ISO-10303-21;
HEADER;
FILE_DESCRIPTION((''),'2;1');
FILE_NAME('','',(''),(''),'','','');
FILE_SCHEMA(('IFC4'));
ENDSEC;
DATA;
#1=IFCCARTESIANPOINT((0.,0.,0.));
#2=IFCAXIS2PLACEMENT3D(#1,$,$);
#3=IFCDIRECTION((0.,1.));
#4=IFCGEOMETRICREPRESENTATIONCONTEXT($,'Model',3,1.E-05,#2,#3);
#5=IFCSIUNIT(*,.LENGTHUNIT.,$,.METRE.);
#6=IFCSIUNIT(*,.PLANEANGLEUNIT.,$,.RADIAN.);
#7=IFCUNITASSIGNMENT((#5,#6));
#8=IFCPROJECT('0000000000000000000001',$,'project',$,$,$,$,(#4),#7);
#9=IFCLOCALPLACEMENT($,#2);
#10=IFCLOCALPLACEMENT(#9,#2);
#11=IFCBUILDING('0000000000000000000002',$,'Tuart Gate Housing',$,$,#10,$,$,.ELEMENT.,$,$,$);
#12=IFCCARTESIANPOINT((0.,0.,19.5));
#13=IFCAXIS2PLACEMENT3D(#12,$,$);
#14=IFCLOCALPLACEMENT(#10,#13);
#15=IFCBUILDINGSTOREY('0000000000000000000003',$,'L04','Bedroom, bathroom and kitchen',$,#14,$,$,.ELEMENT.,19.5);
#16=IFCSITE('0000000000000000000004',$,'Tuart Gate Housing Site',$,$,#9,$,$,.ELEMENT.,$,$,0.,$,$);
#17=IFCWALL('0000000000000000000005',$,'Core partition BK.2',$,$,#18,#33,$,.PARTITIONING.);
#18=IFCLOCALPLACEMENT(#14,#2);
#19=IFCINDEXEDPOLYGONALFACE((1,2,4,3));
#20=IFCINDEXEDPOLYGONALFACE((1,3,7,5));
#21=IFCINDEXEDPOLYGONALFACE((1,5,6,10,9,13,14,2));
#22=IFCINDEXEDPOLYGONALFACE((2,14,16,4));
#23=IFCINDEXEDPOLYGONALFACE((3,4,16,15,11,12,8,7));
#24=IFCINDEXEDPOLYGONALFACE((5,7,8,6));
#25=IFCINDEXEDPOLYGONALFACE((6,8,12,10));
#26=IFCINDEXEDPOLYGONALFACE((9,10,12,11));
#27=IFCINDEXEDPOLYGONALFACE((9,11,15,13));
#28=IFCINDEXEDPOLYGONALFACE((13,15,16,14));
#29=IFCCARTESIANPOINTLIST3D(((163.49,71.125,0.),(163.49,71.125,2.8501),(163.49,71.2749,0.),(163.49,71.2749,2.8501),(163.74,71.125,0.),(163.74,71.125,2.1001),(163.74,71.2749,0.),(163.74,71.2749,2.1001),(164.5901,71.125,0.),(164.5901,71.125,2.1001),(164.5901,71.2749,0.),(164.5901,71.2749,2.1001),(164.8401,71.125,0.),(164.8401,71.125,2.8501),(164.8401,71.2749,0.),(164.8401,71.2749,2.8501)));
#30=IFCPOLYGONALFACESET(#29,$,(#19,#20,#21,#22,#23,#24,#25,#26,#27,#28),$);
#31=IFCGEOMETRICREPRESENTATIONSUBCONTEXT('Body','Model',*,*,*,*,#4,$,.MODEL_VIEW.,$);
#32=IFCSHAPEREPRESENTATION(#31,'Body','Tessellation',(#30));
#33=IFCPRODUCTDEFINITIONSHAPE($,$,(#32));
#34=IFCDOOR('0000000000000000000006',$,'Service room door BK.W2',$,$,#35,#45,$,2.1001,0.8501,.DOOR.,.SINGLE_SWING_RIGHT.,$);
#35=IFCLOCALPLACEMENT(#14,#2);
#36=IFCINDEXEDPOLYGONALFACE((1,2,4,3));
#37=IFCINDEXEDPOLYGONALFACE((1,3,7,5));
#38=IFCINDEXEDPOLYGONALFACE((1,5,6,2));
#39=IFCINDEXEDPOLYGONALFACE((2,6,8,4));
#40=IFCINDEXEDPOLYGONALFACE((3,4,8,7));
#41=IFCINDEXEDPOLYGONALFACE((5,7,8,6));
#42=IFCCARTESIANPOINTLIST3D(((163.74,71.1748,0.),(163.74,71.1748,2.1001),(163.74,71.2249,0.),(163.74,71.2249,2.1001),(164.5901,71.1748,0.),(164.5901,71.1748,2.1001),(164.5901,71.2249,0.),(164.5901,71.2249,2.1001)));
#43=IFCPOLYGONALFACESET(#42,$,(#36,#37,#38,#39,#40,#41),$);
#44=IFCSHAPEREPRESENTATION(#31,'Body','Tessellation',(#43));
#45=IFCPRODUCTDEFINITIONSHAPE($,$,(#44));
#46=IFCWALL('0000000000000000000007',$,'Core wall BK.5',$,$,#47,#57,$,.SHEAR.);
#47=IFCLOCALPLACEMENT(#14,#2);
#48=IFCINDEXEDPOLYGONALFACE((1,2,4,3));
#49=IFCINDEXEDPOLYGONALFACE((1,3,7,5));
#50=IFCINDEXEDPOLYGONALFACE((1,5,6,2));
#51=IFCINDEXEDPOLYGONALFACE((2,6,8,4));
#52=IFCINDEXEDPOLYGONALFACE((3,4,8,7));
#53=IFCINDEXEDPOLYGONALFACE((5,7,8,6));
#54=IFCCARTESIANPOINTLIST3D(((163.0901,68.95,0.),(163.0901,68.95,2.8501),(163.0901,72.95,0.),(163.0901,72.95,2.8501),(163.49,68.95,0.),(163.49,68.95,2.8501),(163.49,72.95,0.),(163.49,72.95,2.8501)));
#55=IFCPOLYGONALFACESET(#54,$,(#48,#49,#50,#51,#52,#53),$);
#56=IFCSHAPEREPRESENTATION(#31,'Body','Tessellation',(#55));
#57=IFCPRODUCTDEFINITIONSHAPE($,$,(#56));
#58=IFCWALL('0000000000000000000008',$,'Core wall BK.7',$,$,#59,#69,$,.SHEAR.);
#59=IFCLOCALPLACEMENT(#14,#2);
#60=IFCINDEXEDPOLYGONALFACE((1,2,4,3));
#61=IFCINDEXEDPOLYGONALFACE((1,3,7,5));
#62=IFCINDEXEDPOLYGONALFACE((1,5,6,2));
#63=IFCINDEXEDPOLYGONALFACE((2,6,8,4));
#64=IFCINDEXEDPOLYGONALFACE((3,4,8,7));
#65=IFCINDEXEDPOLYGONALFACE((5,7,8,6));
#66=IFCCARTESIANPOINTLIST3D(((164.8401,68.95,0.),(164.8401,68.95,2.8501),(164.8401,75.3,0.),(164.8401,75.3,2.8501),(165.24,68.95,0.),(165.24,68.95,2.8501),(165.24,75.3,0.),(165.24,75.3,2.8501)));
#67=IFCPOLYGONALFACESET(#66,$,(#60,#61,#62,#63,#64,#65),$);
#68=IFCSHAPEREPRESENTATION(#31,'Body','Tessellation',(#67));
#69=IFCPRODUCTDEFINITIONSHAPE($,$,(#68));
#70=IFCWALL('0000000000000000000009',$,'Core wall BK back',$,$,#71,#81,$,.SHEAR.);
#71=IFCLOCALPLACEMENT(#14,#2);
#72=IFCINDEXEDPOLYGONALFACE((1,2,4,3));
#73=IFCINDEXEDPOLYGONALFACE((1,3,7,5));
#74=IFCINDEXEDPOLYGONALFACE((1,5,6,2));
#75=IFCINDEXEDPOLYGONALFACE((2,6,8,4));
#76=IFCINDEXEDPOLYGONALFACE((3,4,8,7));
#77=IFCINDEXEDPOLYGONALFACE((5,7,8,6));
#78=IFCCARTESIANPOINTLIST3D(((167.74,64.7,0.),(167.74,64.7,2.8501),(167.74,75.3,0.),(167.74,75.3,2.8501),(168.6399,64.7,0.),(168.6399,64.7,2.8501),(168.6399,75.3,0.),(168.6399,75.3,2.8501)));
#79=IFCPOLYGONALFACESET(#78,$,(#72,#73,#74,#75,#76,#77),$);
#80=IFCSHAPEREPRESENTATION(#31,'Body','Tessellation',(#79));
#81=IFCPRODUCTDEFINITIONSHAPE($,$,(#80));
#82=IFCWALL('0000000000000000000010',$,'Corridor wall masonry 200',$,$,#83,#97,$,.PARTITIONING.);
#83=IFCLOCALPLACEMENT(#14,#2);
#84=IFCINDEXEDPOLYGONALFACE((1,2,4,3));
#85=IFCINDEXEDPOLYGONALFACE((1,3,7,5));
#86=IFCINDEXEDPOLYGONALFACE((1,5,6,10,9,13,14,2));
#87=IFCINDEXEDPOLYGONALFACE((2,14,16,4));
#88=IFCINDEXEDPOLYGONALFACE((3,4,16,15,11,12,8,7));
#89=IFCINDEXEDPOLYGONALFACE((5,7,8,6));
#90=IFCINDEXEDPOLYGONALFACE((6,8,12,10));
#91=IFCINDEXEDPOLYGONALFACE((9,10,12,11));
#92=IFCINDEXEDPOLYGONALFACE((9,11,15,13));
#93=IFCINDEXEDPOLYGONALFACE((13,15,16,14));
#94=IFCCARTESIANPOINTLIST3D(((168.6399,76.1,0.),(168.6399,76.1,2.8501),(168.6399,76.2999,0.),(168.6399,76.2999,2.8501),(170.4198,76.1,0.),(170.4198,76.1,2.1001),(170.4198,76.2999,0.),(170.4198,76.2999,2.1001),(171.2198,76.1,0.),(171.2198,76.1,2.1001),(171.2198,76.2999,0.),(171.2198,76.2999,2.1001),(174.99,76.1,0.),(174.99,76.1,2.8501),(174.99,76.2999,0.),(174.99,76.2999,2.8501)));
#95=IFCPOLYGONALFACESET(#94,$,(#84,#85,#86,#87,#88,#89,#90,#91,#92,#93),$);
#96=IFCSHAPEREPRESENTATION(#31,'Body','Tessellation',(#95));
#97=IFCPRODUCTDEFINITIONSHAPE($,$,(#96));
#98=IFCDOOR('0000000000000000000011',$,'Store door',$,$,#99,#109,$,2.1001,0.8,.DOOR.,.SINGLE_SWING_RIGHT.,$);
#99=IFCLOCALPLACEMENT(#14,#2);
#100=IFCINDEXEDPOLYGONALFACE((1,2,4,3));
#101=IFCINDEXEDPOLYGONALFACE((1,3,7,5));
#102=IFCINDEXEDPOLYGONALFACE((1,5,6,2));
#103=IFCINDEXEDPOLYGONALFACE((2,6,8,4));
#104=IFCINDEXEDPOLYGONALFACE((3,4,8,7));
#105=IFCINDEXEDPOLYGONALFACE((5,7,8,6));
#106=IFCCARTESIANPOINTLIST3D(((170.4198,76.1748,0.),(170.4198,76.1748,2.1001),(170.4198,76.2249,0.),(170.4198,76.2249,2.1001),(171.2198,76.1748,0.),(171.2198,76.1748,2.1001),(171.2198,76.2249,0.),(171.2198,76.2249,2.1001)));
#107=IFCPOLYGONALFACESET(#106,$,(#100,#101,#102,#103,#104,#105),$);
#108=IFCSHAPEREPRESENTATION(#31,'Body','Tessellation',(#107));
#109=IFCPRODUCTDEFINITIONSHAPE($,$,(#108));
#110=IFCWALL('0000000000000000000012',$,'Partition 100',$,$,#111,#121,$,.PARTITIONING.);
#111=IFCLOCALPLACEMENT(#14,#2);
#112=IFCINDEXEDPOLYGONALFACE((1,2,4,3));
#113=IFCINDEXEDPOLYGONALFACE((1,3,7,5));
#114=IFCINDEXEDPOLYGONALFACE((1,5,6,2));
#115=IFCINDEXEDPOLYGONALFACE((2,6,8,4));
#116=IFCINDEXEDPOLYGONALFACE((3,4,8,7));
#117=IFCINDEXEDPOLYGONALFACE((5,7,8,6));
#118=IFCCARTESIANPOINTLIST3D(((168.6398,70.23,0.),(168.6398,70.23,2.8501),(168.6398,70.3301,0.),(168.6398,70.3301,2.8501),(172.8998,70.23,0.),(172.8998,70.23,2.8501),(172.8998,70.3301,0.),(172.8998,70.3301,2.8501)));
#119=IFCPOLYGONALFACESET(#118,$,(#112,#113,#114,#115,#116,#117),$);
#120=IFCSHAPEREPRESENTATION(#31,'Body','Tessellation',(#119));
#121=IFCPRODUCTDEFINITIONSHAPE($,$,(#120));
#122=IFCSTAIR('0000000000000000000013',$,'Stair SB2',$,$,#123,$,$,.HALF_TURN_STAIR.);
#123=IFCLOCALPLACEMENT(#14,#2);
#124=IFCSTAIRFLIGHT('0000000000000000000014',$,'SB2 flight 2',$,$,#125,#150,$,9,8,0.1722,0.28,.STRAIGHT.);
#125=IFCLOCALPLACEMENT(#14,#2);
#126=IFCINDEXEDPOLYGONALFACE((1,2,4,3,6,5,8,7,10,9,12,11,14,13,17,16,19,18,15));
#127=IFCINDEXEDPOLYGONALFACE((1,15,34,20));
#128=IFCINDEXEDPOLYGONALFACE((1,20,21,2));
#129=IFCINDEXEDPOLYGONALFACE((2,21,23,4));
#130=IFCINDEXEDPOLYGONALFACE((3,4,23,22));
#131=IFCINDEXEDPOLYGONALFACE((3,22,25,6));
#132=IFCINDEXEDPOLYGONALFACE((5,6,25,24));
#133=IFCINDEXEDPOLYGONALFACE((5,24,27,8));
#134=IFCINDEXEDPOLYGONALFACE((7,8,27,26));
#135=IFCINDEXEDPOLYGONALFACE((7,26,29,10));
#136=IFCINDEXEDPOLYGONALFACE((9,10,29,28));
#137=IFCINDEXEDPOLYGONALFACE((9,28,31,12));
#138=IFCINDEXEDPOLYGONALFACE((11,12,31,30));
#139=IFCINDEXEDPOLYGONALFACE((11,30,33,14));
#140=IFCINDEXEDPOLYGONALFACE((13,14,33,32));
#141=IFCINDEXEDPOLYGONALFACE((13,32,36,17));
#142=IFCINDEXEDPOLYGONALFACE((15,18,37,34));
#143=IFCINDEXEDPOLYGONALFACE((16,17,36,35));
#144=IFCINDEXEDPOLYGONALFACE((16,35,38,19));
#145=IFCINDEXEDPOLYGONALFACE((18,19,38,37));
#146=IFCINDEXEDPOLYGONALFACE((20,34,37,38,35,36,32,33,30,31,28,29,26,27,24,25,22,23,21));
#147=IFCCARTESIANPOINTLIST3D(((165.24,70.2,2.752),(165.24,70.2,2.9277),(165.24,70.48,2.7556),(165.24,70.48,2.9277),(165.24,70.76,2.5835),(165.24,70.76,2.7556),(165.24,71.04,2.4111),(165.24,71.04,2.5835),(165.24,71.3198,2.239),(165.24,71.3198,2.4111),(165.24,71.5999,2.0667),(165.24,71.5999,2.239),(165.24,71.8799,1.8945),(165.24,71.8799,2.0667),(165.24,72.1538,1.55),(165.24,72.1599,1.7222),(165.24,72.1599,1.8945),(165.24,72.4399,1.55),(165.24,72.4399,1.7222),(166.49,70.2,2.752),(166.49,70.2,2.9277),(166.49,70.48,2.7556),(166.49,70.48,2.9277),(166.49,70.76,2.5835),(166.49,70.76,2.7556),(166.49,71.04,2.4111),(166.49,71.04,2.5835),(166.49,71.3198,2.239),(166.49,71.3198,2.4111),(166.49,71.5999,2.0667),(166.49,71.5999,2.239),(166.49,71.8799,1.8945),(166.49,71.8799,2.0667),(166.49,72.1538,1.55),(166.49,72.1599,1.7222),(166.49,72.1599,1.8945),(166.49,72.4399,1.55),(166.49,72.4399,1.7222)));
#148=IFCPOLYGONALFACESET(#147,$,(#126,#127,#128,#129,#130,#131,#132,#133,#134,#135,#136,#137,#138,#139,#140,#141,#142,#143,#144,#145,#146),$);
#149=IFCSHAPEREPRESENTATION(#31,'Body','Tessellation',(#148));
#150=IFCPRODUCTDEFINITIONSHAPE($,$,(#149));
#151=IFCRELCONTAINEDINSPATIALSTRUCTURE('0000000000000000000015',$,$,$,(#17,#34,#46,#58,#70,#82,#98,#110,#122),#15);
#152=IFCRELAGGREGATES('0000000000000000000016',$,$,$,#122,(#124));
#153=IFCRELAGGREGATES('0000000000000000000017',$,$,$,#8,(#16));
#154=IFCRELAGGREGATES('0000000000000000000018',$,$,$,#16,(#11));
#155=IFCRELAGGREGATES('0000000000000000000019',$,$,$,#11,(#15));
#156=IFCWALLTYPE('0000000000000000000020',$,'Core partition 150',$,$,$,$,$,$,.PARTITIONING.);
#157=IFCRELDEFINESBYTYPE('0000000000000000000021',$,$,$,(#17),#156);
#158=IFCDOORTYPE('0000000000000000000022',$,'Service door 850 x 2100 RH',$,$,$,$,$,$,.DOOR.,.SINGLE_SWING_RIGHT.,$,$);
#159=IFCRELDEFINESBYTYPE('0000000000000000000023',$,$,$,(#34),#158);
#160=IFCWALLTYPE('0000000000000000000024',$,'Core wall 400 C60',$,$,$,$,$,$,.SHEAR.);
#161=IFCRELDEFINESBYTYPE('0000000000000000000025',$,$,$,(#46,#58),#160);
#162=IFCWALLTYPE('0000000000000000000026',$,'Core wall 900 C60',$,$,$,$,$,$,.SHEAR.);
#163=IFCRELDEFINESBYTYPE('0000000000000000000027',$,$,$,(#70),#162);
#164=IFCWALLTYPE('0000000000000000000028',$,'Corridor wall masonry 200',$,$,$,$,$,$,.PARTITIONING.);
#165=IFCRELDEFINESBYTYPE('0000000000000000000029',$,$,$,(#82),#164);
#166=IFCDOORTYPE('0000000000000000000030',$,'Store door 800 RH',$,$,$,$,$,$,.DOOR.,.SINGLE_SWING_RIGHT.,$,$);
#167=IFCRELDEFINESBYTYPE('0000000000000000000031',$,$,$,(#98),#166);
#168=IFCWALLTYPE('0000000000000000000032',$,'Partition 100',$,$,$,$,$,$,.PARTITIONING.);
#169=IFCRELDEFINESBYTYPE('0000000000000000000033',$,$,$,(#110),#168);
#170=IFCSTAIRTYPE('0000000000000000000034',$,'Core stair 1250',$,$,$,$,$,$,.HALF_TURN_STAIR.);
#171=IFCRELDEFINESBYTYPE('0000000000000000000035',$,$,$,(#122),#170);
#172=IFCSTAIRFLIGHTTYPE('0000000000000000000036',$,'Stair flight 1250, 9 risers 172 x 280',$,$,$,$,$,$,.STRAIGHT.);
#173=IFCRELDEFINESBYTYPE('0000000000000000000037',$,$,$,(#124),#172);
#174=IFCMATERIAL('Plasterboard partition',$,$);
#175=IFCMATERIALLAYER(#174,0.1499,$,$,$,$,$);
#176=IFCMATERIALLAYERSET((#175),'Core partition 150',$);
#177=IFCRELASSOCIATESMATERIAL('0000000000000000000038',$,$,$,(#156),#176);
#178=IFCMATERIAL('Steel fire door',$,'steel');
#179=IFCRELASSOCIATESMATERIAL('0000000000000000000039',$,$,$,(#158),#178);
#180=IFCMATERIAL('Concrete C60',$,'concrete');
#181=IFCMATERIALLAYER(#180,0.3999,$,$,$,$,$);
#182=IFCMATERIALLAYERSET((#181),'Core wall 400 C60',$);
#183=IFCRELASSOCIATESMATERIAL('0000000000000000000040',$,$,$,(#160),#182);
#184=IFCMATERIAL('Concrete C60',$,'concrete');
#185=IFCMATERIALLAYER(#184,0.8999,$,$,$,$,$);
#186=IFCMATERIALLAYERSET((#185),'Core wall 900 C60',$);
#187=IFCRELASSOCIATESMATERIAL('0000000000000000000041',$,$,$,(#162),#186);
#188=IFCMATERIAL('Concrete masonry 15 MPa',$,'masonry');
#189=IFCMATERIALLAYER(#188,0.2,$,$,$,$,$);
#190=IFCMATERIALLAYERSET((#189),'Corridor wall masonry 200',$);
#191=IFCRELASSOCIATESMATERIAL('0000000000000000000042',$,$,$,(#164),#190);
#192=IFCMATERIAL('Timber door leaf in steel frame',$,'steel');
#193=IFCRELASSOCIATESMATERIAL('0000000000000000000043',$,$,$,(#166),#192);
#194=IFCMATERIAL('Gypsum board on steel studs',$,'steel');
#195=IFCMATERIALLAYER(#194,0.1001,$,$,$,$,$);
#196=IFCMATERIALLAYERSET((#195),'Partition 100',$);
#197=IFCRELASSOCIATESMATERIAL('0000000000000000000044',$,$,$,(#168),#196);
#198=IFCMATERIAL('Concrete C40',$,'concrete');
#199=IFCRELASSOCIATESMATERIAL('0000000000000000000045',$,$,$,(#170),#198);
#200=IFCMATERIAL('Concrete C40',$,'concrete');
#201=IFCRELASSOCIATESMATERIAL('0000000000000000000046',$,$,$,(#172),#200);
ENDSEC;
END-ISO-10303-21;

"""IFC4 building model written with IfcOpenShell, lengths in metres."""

from ifc_helpers import new_model, si_unit, direction, frame, frame_2d, origin, place, context, subcontext, project, spatial, polyline, rectangle, outline, extrude, material, layer, layer_set, type_object, element, fill, aggregate, save


model = new_model("IFC4")

# Units and contexts
model_context = context("Model", 3, precision=1e-05, world=origin(), true_north=direction((0.0, 1.0)))
body_context = subcontext(model_context, "Body", "Model", "MODEL_VIEW")
ifc_project = project(units=[si_unit("LENGTHUNIT", "METRE"), si_unit("PLANEANGLEUNIT", "RADIAN")], contexts=[model_context])

# Site, building, storey
site_placement = place(None, origin())
site = spatial("IfcSite", under=ifc_project, at=site_placement, Name="Tuart Gate Housing Site", CompositionType="ELEMENT", RefElevation=0.0)
building_placement = place(site_placement, origin())
building = spatial("IfcBuilding", under=site, at=building_placement, Name="Tuart Gate Housing", CompositionType="ELEMENT")
storey_placement = place(building_placement, frame((0.0, 0.0, 19.5)))
storey = spatial("IfcBuildingStorey", under=building, at=storey_placement, Name="L04", Description="Bedroom, bathroom and kitchen", CompositionType="ELEMENT", Elevation=19.5)

# Wall, opening, door
ifc_material_1 = material(Name="Plasterboard partition")
ifc_layer_1 = layer(ifc_material_1, 0.1499)
ifc_layer_set_1 = layer_set([ifc_layer_1], Name="Core partition 150")
wall_type_1 = type_object("IfcWallType", Name="Core partition 150", PredefinedType="PARTITIONING", material=ifc_layer_set_1)
wall_1_placement = place(storey_placement, frame((163.49, 71.2, 0.0), z_axis=(0.0, 0.0, 1.0), x_axis=(1.0, 0.0, 0.0)))
wall_1 = element("IfcWall", 1, at=wall_1_placement, inside=storey, type_object=wall_type_1, Name="Core partition BK.2", PredefinedType="PARTITIONING", context=body_context, shape_type="SweptSolid", body=[
    extrude(rectangle(XDim=1.3501, YDim=0.1499, at=frame_2d((0.675, 0.0))), origin(), (0.0, 0.0, 1.0), 2.8501),
])
opening_1_placement = place(wall_1_placement, frame((0.25, 0.0, 0.0)))
opening_1 = element("IfcOpeningElement", 2, at=opening_1_placement, cuts=wall_1, PredefinedType="OPENING", context=body_context, shape_type="SweptSolid", body=[
    extrude(rectangle(XDim=0.8501, YDim=2.1001, at=frame_2d((0.425, 1.05))), frame((0.0, 0.085, 0.0), z_axis=(0.0, -1.0, 0.0), x_axis=(1.0, 0.0, 0.0)), (0.0, 0.0, 1.0), 0.1699),
])
ifc_material_2 = material(Name="Steel fire door", Category="steel")
door_type_1 = type_object("IfcDoorType", Name="Service door 850 x 2100 RH", OperationType="SINGLE_SWING_RIGHT", PredefinedType="DOOR", material=ifc_material_2)
door_1_placement = place(opening_1_placement, frame((0.8501, 0.0, 0.0), z_axis=(0.0, 0.0, 1.0), x_axis=(-1.0, 0.0, 0.0)))
door_1 = element("IfcDoor", 3, at=door_1_placement, inside=storey, type_object=door_type_1, Name="Service room door BK.W2", OperationType="SINGLE_SWING_RIGHT", OverallHeight=2.1001, OverallWidth=0.8501, PredefinedType="DOOR", context=body_context, shape_type="SweptSolid", body=[
    extrude(rectangle(XDim=0.8501, YDim=2.1001, at=frame_2d((0.425, 1.05))), frame((0.0, 0.0251, 0.0), z_axis=(0.0, -1.0, 0.0), x_axis=(1.0, 0.0, 0.0)), (0.0, 0.0, 1.0), 0.05),
])
fill(opening_1, door_1)

# Walls
ifc_material_3 = material(Name="Concrete C60", Category="concrete")
ifc_layer_2 = layer(ifc_material_3, 0.3999)
ifc_layer_set_2 = layer_set([ifc_layer_2], Name="Core wall 400 C60")
wall_type_2 = type_object("IfcWallType", Name="Core wall 400 C60", PredefinedType="SHEAR", material=ifc_layer_set_2)
wall_2_placement = place(storey_placement, frame((163.29, 72.95, 0.0), z_axis=(0.0, 0.0, 1.0), x_axis=(0.0, -1.0, 0.0)))
element("IfcWall", 4, at=wall_2_placement, inside=storey, type_object=wall_type_2, Name="Core wall BK.5", PredefinedType="SHEAR", context=body_context, shape_type="SweptSolid", body=[
    extrude(rectangle(XDim=4.0, YDim=0.3999, at=frame_2d((2.0, 0.0))), origin(), (0.0, 0.0, 1.0), 2.8501),
])
wall_3_placement = place(storey_placement, frame((165.04, 75.3, 0.0), z_axis=(0.0, 0.0, 1.0), x_axis=(0.0, -1.0, 0.0)))
element("IfcWall", 5, at=wall_3_placement, inside=storey, type_object=wall_type_2, Name="Core wall BK.7", PredefinedType="SHEAR", context=body_context, shape_type="SweptSolid", body=[
    extrude(rectangle(XDim=6.3501, YDim=0.3999, at=frame_2d((3.175, 0.0))), origin(), (0.0, 0.0, 1.0), 2.8501),
])
ifc_material_4 = material(Name="Concrete C60", Category="concrete")
ifc_layer_3 = layer(ifc_material_4, 0.8999)
ifc_layer_set_3 = layer_set([ifc_layer_3], Name="Core wall 900 C60")
wall_type_3 = type_object("IfcWallType", Name="Core wall 900 C60", PredefinedType="SHEAR", material=ifc_layer_set_3)
wall_4_placement = place(storey_placement, frame((168.1899, 75.3, 0.0), z_axis=(0.0, 0.0, 1.0), x_axis=(0.0, -1.0, 0.0)))
element("IfcWall", 6, at=wall_4_placement, inside=storey, type_object=wall_type_3, Name="Core wall BK back", PredefinedType="SHEAR", context=body_context, shape_type="SweptSolid", body=[
    extrude(rectangle(XDim=10.6001, YDim=0.8999, at=frame_2d((5.3, 0.0))), origin(), (0.0, 0.0, 1.0), 2.8501),
])

# Wall, opening, door
ifc_material_5 = material(Name="Concrete masonry 15 MPa", Category="masonry")
ifc_layer_4 = layer(ifc_material_5, 0.2)
ifc_layer_set_4 = layer_set([ifc_layer_4], Name="Corridor wall masonry 200")
wall_type_4 = type_object("IfcWallType", Name="Corridor wall masonry 200", PredefinedType="PARTITIONING", material=ifc_layer_set_4)
wall_5_placement = place(storey_placement, frame((168.6399, 76.2, 0.0), z_axis=(0.0, 0.0, 1.0), x_axis=(1.0, 0.0, 0.0)))
wall_5 = element("IfcWall", 7, at=wall_5_placement, inside=storey, type_object=wall_type_4, Name="Corridor wall masonry 200", PredefinedType="PARTITIONING", context=body_context, shape_type="SweptSolid", body=[
    extrude(rectangle(XDim=6.3501, YDim=0.2, at=frame_2d((3.175, 0.0))), origin(), (0.0, 0.0, 1.0), 2.8501),
])
opening_2_placement = place(wall_5_placement, frame((1.78, 0.0, 0.0)))
opening_2 = element("IfcOpeningElement", 8, at=opening_2_placement, cuts=wall_5, PredefinedType="OPENING", context=body_context, shape_type="SweptSolid", body=[
    extrude(rectangle(XDim=0.8, YDim=2.1001, at=frame_2d((0.3999, 1.05))), frame((0.0, 0.1099, 0.0), z_axis=(0.0, -1.0, 0.0), x_axis=(1.0, 0.0, 0.0)), (0.0, 0.0, 1.0), 0.22),
])
ifc_material_6 = material(Name="Timber door leaf in steel frame", Category="steel")
door_type_2 = type_object("IfcDoorType", Name="Store door 800 RH", OperationType="SINGLE_SWING_RIGHT", PredefinedType="DOOR", material=ifc_material_6)
door_2_placement = place(opening_2_placement, frame((0.8, 0.0, 0.0), z_axis=(0.0, 0.0, 1.0), x_axis=(-1.0, 0.0, 0.0)))
door_2 = element("IfcDoor", 9, at=door_2_placement, inside=storey, type_object=door_type_2, Name="Store door", OperationType="SINGLE_SWING_RIGHT", OverallHeight=2.1001, OverallWidth=0.8, PredefinedType="DOOR", context=body_context, shape_type="SweptSolid", body=[
    extrude(rectangle(XDim=0.8, YDim=2.1001, at=frame_2d((0.4001, 1.05))), frame((0.0, 0.0251, 0.0), z_axis=(0.0, -1.0, 0.0), x_axis=(1.0, 0.0, 0.0)), (0.0, 0.0, 1.0), 0.05),
])
fill(opening_2, door_2)

# Wall
ifc_material_7 = material(Name="Gypsum board on steel studs", Category="steel")
ifc_layer_5 = layer(ifc_material_7, 0.1001)
ifc_layer_set_5 = layer_set([ifc_layer_5], Name="Partition 100")
wall_type_5 = type_object("IfcWallType", Name="Partition 100", PredefinedType="PARTITIONING", material=ifc_layer_set_5)
wall_6_placement = place(storey_placement, frame((168.6399, 70.28, 0.0), z_axis=(0.0, 0.0, 1.0), x_axis=(1.0, 0.0, 0.0)))
element("IfcWall", 10, at=wall_6_placement, inside=storey, type_object=wall_type_5, Name="Partition 100", PredefinedType="PARTITIONING", context=body_context, shape_type="SweptSolid", body=[
    extrude(rectangle(XDim=4.26, YDim=0.1001, at=frame_2d((2.1299, 0.0))), origin(), (0.0, 0.0, 1.0), 2.8501),
])

# Stair, stair flight
ifc_material_8 = material(Name="Concrete C40", Category="concrete")
stair_type = type_object("IfcStairType", Name="Core stair 1250", PredefinedType="HALF_TURN_STAIR", material=ifc_material_8)
stair_placement = place(storey_placement, origin())
stair = element("IfcStair", 11, at=stair_placement, inside=storey, type_object=stair_type, Name="Stair SB2", PredefinedType="HALF_TURN_STAIR")
ifc_material_9 = material(Name="Concrete C40", Category="concrete")
stair_flight_type = type_object("IfcStairFlightType", Name="Stair flight 1250, 9 risers 172 x 280", PredefinedType="STRAIGHT", material=ifc_material_9)
stair_flight_placement = place(storey_placement, frame((165.865, 72.4399, 1.55), z_axis=(0.0, 0.0, 1.0), x_axis=(0.0, -1.0, 0.0)))
stair_flight = element("IfcStairFlight", 12, at=stair_flight_placement, type_object=stair_flight_type, Name="SB2 flight 2", NumberOfRisers=9, NumberOfTreads=8, PredefinedType="STRAIGHT", RiserHeight=0.1722, TreadLength=0.28, context=body_context, shape_type="SweptSolid", body=[
    extrude(outline(polyline([(0.0, 0.0), (0.0, 0.1721), (0.28, 0.1721), (0.28, 0.3445), (0.5601, 0.3445), (0.5601, 0.5166), (0.8401, 0.5166), (0.8401, 0.689), (1.1201, 0.689), (1.1201, 0.8611), (1.3999, 0.8611), (1.3999, 1.0334), (1.6799, 1.0334), (1.6799, 1.2056), (1.96, 1.2056), (1.96, 1.3777), (2.24, 1.3777), (2.24, 1.55), (2.24, 1.2019), (0.2861, 0.0), (0.0, 0.0)])), frame((0.0, 0.625, 0.0), z_axis=(0.0, -1.0, 0.0), x_axis=(1.0, 0.0, 0.0)), (0.0, 0.0, 1.0), 1.25),
])
aggregate(stair, [stair_flight])

save(model, "model.ifc")
